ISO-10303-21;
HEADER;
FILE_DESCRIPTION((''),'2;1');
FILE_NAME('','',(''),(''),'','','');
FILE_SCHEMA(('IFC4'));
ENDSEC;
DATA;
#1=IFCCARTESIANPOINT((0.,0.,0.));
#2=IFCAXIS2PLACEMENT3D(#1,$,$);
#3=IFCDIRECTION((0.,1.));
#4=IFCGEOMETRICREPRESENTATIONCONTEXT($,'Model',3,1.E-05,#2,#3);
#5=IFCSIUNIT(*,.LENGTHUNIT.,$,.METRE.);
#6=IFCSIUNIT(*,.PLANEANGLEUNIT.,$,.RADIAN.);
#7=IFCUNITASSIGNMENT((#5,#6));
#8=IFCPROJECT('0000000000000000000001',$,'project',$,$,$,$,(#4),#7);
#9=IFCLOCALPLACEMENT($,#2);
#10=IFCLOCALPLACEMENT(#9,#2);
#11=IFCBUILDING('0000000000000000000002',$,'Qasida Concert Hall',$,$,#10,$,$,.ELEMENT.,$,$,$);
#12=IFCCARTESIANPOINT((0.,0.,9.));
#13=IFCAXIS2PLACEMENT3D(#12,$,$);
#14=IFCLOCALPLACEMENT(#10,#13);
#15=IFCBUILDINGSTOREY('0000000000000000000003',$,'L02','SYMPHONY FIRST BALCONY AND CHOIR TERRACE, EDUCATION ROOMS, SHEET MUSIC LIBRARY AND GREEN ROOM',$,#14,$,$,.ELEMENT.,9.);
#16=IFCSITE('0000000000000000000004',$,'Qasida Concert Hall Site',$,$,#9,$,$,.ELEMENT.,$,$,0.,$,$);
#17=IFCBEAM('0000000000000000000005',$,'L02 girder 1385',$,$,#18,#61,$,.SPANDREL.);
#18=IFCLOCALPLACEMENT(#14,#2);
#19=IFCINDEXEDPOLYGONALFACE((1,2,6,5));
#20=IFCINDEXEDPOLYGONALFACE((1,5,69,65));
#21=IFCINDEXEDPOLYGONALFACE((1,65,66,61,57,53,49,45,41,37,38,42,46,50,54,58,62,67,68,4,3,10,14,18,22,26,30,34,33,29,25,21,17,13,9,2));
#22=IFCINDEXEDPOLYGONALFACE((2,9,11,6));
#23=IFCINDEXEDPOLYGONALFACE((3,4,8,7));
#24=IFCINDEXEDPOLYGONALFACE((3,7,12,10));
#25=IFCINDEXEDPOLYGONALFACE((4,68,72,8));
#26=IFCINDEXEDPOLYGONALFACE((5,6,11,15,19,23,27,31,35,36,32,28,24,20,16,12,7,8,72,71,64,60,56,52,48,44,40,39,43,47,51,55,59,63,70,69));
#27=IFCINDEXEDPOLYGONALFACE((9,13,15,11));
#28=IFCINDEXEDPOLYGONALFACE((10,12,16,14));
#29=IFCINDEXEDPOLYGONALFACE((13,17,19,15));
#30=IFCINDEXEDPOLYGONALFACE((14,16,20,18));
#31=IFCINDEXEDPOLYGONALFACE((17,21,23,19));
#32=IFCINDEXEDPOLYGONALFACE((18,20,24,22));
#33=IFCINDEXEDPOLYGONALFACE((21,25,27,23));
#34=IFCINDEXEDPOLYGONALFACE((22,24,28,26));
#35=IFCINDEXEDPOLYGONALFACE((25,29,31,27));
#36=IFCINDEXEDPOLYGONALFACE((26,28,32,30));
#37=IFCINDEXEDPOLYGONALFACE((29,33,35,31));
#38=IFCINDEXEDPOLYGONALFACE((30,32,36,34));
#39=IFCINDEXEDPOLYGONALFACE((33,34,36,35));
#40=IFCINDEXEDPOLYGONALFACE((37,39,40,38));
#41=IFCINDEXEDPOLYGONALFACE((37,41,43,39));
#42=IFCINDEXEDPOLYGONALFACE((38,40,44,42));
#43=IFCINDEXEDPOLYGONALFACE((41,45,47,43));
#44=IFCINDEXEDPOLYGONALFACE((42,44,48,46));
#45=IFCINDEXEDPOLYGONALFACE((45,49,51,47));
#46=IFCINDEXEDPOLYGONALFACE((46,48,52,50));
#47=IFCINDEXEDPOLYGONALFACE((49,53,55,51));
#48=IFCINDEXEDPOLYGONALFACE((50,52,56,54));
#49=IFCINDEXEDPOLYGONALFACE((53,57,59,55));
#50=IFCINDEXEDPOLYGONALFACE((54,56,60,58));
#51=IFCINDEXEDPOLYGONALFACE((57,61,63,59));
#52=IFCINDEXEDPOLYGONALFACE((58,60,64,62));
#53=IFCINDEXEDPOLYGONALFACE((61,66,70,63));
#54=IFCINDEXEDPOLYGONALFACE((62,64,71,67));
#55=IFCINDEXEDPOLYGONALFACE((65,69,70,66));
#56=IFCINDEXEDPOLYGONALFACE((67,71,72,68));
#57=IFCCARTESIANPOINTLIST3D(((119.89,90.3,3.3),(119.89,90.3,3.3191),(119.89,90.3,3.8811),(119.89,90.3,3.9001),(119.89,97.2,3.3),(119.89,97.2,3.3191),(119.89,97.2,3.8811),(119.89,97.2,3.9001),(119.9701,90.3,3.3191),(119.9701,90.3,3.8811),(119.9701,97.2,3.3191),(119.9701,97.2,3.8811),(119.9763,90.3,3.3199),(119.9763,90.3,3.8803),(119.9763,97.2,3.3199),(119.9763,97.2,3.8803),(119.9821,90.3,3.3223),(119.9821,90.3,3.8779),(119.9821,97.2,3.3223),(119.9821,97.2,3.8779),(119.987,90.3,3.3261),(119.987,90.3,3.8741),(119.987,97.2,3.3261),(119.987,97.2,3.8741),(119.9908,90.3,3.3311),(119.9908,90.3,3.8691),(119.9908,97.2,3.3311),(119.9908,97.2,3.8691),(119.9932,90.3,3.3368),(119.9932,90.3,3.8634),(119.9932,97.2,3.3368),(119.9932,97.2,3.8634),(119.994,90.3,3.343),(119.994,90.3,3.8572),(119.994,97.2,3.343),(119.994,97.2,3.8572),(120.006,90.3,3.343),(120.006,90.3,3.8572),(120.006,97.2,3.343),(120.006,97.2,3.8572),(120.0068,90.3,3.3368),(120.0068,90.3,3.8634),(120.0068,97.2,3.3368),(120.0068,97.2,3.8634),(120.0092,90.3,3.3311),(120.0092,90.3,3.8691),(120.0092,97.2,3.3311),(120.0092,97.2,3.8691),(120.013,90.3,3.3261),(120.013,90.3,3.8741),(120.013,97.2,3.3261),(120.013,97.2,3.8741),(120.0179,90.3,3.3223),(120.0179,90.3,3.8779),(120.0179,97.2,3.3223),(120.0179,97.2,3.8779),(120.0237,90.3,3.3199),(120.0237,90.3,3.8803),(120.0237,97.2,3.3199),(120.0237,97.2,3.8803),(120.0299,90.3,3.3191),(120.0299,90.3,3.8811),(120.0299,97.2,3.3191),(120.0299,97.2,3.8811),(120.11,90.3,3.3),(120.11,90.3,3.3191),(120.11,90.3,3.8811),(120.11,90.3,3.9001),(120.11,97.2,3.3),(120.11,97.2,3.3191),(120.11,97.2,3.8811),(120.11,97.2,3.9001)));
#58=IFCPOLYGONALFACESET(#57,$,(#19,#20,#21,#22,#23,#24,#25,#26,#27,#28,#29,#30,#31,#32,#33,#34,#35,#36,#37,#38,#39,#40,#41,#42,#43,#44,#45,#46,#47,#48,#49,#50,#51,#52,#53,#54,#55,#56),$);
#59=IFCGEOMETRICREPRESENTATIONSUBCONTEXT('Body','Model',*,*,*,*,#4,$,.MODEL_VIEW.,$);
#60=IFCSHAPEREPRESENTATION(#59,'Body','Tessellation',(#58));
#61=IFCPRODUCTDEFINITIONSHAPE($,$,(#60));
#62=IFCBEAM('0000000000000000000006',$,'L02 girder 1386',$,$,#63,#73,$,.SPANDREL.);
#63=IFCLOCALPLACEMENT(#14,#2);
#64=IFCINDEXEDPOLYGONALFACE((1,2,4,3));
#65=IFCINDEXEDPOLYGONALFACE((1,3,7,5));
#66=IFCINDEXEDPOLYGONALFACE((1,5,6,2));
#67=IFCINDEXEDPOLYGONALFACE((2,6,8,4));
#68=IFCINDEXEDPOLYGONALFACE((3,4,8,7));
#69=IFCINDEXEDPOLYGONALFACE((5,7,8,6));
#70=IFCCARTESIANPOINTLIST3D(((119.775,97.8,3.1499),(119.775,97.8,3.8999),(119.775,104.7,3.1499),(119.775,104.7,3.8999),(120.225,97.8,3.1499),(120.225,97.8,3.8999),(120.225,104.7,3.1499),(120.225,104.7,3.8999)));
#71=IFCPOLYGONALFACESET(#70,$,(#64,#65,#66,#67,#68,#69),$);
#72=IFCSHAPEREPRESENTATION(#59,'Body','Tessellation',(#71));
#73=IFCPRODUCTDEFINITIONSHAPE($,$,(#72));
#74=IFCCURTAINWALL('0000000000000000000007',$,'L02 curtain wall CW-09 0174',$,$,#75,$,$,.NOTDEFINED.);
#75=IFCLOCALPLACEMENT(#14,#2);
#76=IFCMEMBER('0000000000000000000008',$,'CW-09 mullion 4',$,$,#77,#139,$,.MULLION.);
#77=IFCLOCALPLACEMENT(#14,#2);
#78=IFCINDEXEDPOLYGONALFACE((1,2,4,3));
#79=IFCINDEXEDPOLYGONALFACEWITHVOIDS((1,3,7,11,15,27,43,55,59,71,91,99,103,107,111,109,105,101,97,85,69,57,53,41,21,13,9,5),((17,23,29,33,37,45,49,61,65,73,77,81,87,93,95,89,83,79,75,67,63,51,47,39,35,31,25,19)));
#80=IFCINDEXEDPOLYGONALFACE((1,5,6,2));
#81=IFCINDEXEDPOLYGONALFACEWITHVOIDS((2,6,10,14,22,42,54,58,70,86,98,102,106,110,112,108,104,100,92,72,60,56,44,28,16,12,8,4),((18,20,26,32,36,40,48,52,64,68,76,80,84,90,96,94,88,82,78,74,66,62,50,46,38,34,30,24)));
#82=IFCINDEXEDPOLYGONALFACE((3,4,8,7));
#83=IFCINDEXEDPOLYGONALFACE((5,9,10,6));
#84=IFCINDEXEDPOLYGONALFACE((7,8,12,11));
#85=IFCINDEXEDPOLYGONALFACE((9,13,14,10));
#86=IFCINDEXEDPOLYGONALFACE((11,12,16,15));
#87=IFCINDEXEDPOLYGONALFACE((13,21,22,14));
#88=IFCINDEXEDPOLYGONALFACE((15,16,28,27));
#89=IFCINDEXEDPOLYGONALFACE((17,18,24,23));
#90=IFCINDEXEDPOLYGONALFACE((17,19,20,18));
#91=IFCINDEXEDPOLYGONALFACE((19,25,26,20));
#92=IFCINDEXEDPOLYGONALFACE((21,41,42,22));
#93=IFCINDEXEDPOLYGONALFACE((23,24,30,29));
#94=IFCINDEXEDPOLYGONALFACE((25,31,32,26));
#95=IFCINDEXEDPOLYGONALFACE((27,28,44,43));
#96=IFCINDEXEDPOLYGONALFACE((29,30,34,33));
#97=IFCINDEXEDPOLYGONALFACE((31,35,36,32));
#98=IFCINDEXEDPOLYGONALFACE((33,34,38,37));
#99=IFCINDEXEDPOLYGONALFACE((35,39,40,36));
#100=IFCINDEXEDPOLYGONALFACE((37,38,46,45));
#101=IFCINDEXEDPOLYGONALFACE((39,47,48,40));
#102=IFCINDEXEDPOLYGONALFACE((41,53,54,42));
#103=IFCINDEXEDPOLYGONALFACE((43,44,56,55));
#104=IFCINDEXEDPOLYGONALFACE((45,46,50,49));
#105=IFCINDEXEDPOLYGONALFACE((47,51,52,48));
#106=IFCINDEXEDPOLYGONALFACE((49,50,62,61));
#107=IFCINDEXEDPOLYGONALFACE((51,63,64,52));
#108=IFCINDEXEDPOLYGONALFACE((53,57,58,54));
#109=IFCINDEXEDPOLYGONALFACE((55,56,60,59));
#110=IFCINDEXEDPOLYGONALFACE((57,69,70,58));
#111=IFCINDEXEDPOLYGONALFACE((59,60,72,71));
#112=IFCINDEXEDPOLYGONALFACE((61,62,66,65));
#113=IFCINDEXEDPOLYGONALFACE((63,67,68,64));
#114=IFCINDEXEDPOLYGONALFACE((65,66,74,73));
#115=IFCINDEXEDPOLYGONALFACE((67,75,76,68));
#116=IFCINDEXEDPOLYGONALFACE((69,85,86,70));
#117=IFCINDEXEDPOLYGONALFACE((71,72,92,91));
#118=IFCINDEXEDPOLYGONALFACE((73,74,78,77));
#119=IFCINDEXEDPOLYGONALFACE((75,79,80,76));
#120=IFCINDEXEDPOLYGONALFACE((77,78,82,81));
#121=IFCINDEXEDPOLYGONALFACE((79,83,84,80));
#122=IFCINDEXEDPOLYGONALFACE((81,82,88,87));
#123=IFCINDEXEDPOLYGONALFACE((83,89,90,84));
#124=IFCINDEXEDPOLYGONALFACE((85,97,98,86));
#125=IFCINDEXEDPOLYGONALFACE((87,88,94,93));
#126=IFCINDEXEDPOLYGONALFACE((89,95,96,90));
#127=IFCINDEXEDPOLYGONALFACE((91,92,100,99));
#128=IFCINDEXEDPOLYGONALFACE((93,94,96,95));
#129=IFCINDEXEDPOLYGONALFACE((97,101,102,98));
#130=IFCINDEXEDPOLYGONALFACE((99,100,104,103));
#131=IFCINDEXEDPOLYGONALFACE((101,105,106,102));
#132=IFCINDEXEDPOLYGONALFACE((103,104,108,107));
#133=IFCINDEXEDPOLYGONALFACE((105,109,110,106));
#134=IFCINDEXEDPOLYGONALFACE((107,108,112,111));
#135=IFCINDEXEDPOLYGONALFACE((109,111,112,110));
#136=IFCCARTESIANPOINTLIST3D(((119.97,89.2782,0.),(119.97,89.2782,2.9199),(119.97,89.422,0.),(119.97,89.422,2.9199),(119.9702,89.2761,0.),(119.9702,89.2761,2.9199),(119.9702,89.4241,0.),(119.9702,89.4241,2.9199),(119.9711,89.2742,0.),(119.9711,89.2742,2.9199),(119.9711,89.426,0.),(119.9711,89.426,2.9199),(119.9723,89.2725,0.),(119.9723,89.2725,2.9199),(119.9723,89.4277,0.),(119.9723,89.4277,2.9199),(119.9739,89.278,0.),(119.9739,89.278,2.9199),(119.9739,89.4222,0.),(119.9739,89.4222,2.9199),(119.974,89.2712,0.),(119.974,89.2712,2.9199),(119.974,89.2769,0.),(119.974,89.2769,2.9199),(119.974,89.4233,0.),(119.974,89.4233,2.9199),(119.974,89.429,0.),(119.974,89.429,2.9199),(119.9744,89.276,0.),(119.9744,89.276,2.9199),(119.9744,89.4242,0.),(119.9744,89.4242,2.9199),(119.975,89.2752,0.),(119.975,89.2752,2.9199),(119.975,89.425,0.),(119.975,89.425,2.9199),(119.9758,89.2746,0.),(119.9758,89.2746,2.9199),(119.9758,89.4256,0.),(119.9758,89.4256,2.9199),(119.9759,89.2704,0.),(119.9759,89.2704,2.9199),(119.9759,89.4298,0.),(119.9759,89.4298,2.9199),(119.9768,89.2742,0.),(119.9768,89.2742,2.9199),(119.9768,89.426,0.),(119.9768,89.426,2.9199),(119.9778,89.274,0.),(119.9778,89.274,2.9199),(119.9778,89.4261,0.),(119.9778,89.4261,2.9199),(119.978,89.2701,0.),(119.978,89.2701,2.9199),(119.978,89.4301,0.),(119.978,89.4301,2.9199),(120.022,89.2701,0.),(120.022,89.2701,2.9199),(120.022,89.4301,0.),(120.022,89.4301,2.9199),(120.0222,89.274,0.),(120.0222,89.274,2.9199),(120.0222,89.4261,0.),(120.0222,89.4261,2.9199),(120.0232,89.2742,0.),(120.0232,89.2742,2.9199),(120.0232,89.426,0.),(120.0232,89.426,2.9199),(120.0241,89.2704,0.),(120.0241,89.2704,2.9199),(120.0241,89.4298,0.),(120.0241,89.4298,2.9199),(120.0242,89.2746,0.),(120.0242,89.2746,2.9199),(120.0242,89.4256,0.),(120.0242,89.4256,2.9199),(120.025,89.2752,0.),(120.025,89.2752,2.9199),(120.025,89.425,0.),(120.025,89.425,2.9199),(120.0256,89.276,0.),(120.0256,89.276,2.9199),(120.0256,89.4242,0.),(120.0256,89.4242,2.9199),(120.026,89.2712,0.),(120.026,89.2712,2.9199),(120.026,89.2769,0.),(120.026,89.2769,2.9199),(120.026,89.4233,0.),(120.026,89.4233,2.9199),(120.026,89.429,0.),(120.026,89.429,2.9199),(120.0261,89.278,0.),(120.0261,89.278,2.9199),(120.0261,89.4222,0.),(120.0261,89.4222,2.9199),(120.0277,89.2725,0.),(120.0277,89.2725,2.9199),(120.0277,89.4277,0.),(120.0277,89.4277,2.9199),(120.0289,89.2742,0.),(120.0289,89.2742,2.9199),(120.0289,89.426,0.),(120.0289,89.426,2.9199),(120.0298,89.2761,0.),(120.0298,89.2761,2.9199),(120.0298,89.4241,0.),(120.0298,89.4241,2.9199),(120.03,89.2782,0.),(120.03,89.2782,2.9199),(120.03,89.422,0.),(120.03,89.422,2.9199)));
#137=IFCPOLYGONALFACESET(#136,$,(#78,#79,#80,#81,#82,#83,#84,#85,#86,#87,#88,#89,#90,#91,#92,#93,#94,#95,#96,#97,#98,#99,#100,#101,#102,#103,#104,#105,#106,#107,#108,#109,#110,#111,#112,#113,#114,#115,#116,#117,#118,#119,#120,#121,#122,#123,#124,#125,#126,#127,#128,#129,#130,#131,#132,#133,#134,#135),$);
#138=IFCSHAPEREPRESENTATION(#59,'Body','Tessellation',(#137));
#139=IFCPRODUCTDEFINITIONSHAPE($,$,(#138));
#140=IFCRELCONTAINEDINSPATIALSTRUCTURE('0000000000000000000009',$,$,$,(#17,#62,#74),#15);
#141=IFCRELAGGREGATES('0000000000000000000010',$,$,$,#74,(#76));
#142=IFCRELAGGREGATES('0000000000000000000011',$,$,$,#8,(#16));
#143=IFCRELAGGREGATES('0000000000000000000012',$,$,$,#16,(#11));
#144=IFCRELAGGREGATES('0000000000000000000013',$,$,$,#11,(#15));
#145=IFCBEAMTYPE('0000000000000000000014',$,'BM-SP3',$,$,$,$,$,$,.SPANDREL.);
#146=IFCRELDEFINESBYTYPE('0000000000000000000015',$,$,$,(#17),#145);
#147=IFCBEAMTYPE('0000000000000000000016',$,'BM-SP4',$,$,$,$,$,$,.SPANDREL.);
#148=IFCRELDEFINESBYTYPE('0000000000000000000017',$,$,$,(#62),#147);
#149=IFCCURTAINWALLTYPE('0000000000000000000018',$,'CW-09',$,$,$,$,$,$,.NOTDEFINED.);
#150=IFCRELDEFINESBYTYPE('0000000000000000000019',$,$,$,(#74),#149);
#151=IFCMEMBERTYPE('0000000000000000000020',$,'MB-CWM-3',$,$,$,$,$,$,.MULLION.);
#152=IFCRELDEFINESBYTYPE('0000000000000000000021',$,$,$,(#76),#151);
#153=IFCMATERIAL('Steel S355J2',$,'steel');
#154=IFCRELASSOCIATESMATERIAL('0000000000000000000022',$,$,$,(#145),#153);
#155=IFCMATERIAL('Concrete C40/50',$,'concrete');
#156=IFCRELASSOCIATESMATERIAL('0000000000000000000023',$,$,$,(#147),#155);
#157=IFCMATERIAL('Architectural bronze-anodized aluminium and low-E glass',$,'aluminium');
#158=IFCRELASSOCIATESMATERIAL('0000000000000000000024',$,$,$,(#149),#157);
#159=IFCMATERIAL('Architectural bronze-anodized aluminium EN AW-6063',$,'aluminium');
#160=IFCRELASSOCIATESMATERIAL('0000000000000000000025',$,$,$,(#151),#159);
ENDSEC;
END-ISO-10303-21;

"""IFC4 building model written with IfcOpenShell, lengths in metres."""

from ifc_helpers import new_model, si_unit, direction, frame, origin, origin_2d, place, context, subcontext, project, spatial, rectangle, hollow_rectangle, i_section, extrude, material, material_profile, profile_set, type_object, element, aggregate, save


model = new_model("IFC4")

# Units and contexts
model_context = context("Model", 3, precision=1e-05, world=origin(), true_north=direction((0.0, 1.0)))
body_context = subcontext(model_context, "Body", "Model", "MODEL_VIEW")
ifc_project = project(units=[si_unit("LENGTHUNIT", "METRE"), si_unit("PLANEANGLEUNIT", "RADIAN")], contexts=[model_context])

# Site, building, storey
site_placement = place(None, origin())
site = spatial("IfcSite", under=ifc_project, at=site_placement, Name="Qasida Concert Hall Site", CompositionType="ELEMENT", RefElevation=0.0)
building_placement = place(site_placement, origin())
building = spatial("IfcBuilding", under=site, at=building_placement, Name="Qasida Concert Hall", CompositionType="ELEMENT")
storey_placement = place(building_placement, frame((0.0, 0.0, 9.0)))
storey = spatial("IfcBuildingStorey", under=building, at=storey_placement, Name="L02", Description="SYMPHONY FIRST BALCONY AND CHOIR TERRACE, EDUCATION ROOMS, SHEET MUSIC LIBRARY AND GREEN ROOM", CompositionType="ELEMENT", Elevation=9.0)

# Beams
ifc_material_1 = material(Name="Concrete C40/50", Category="concrete")
ifc_material_2 = material(Name="Steel S355J2", Category="steel")
ifc_material_profile_1 = material_profile(ifc_material_2, i_section(OverallWidth=0.22, OverallDepth=0.6001, WebThickness=0.012, FlangeThickness=0.019, FilletRadius=0.0239, at=origin_2d()), Name="IPE 600")
ifc_profile_set_1 = profile_set([ifc_material_profile_1], Name="Steel S355J2")
beam_type_1 = type_object("IfcBeamType", Name="BM-SP3", PredefinedType="SPANDREL", material=ifc_profile_set_1)
beam_1_placement = place(storey_placement, frame((120.0, 90.3, 3.6001), z_axis=(0.0, 1.0, 0.0), x_axis=(-1.0, 0.0, 0.0)))
element("IfcBeam", 1, at=beam_1_placement, inside=storey, type_object=beam_type_1, Name="L02 girder 1385", PredefinedType="SPANDREL", context=body_context, shape_type="SweptSolid", body=[
    extrude(i_section(OverallWidth=0.22, OverallDepth=0.6001, WebThickness=0.012, FlangeThickness=0.019, FilletRadius=0.0239, at=origin_2d()), origin(), (0.0, 0.0, 1.0), 6.8999),
])
ifc_material_profile_2 = material_profile(ifc_material_1, rectangle(XDim=0.45, YDim=0.75, at=origin_2d()), Name="RC 450x750")
ifc_profile_set_2 = profile_set([ifc_material_profile_2], Name="Concrete C40/50")
beam_type_2 = type_object("IfcBeamType", Name="BM-SP4", PredefinedType="SPANDREL", material=ifc_profile_set_2)
beam_2_placement = place(storey_placement, frame((120.0, 97.8, 3.5249), z_axis=(0.0, 1.0, 0.0), x_axis=(-1.0, 0.0, 0.0)))
element("IfcBeam", 2, at=beam_2_placement, inside=storey, type_object=beam_type_2, Name="L02 girder 1386", PredefinedType="SPANDREL", context=body_context, shape_type="SweptSolid", body=[
    extrude(rectangle(XDim=0.45, YDim=0.75, at=origin_2d()), origin(), (0.0, 0.0, 1.0), 6.8999),
])

# Curtain wall, member
ifc_material_3 = material(Name="Architectural bronze-anodized aluminium and low-E glass", Category="aluminium")
curtain_wall_type = type_object("IfcCurtainWallType", Name="CW-09", PredefinedType="NOTDEFINED", material=ifc_material_3)
curtain_wall_1_placement = place(storey_placement, origin())
curtain_wall_1 = element("IfcCurtainWall", 3, at=curtain_wall_1_placement, inside=storey, type_object=curtain_wall_type, Name="L02 curtain wall CW-09 0174", PredefinedType="NOTDEFINED")
ifc_material_4 = material(Name="Architectural bronze-anodized aluminium EN AW-6063", Category="aluminium")
ifc_material_profile_3 = material_profile(ifc_material_4, hollow_rectangle(XDim=0.0601, YDim=0.1599, WallThickness=0.0039, InnerFilletRadius=0.0039, OuterFilletRadius=0.0081, at=origin_2d()), Name="CWM 160x60x4")
ifc_profile_set_3 = profile_set([ifc_material_profile_3], Name="Architectural bronze-anodized aluminium EN AW-6063")
member_type_1 = type_object("IfcMemberType", Name="MB-CWM-3", PredefinedType="MULLION", material=ifc_profile_set_3)
member_1_placement = place(storey_placement, frame((120.0, 89.3501, 0.0), z_axis=(0.0, 0.0, 1.0), x_axis=(-1.0, 0.0, 0.0)))
member_1 = element("IfcMember", 4, at=member_1_placement, type_object=member_type_1, Name="CW-09 mullion 4", PredefinedType="MULLION", context=body_context, shape_type="SweptSolid", body=[
    extrude(hollow_rectangle(XDim=0.0601, YDim=0.1599, WallThickness=0.0039, InnerFilletRadius=0.0039, OuterFilletRadius=0.0081, at=origin_2d()), origin(), (0.0, 0.0, 1.0), 2.9199),
])

aggregate(curtain_wall_1, [member_1])

save(model, "model.ifc")
